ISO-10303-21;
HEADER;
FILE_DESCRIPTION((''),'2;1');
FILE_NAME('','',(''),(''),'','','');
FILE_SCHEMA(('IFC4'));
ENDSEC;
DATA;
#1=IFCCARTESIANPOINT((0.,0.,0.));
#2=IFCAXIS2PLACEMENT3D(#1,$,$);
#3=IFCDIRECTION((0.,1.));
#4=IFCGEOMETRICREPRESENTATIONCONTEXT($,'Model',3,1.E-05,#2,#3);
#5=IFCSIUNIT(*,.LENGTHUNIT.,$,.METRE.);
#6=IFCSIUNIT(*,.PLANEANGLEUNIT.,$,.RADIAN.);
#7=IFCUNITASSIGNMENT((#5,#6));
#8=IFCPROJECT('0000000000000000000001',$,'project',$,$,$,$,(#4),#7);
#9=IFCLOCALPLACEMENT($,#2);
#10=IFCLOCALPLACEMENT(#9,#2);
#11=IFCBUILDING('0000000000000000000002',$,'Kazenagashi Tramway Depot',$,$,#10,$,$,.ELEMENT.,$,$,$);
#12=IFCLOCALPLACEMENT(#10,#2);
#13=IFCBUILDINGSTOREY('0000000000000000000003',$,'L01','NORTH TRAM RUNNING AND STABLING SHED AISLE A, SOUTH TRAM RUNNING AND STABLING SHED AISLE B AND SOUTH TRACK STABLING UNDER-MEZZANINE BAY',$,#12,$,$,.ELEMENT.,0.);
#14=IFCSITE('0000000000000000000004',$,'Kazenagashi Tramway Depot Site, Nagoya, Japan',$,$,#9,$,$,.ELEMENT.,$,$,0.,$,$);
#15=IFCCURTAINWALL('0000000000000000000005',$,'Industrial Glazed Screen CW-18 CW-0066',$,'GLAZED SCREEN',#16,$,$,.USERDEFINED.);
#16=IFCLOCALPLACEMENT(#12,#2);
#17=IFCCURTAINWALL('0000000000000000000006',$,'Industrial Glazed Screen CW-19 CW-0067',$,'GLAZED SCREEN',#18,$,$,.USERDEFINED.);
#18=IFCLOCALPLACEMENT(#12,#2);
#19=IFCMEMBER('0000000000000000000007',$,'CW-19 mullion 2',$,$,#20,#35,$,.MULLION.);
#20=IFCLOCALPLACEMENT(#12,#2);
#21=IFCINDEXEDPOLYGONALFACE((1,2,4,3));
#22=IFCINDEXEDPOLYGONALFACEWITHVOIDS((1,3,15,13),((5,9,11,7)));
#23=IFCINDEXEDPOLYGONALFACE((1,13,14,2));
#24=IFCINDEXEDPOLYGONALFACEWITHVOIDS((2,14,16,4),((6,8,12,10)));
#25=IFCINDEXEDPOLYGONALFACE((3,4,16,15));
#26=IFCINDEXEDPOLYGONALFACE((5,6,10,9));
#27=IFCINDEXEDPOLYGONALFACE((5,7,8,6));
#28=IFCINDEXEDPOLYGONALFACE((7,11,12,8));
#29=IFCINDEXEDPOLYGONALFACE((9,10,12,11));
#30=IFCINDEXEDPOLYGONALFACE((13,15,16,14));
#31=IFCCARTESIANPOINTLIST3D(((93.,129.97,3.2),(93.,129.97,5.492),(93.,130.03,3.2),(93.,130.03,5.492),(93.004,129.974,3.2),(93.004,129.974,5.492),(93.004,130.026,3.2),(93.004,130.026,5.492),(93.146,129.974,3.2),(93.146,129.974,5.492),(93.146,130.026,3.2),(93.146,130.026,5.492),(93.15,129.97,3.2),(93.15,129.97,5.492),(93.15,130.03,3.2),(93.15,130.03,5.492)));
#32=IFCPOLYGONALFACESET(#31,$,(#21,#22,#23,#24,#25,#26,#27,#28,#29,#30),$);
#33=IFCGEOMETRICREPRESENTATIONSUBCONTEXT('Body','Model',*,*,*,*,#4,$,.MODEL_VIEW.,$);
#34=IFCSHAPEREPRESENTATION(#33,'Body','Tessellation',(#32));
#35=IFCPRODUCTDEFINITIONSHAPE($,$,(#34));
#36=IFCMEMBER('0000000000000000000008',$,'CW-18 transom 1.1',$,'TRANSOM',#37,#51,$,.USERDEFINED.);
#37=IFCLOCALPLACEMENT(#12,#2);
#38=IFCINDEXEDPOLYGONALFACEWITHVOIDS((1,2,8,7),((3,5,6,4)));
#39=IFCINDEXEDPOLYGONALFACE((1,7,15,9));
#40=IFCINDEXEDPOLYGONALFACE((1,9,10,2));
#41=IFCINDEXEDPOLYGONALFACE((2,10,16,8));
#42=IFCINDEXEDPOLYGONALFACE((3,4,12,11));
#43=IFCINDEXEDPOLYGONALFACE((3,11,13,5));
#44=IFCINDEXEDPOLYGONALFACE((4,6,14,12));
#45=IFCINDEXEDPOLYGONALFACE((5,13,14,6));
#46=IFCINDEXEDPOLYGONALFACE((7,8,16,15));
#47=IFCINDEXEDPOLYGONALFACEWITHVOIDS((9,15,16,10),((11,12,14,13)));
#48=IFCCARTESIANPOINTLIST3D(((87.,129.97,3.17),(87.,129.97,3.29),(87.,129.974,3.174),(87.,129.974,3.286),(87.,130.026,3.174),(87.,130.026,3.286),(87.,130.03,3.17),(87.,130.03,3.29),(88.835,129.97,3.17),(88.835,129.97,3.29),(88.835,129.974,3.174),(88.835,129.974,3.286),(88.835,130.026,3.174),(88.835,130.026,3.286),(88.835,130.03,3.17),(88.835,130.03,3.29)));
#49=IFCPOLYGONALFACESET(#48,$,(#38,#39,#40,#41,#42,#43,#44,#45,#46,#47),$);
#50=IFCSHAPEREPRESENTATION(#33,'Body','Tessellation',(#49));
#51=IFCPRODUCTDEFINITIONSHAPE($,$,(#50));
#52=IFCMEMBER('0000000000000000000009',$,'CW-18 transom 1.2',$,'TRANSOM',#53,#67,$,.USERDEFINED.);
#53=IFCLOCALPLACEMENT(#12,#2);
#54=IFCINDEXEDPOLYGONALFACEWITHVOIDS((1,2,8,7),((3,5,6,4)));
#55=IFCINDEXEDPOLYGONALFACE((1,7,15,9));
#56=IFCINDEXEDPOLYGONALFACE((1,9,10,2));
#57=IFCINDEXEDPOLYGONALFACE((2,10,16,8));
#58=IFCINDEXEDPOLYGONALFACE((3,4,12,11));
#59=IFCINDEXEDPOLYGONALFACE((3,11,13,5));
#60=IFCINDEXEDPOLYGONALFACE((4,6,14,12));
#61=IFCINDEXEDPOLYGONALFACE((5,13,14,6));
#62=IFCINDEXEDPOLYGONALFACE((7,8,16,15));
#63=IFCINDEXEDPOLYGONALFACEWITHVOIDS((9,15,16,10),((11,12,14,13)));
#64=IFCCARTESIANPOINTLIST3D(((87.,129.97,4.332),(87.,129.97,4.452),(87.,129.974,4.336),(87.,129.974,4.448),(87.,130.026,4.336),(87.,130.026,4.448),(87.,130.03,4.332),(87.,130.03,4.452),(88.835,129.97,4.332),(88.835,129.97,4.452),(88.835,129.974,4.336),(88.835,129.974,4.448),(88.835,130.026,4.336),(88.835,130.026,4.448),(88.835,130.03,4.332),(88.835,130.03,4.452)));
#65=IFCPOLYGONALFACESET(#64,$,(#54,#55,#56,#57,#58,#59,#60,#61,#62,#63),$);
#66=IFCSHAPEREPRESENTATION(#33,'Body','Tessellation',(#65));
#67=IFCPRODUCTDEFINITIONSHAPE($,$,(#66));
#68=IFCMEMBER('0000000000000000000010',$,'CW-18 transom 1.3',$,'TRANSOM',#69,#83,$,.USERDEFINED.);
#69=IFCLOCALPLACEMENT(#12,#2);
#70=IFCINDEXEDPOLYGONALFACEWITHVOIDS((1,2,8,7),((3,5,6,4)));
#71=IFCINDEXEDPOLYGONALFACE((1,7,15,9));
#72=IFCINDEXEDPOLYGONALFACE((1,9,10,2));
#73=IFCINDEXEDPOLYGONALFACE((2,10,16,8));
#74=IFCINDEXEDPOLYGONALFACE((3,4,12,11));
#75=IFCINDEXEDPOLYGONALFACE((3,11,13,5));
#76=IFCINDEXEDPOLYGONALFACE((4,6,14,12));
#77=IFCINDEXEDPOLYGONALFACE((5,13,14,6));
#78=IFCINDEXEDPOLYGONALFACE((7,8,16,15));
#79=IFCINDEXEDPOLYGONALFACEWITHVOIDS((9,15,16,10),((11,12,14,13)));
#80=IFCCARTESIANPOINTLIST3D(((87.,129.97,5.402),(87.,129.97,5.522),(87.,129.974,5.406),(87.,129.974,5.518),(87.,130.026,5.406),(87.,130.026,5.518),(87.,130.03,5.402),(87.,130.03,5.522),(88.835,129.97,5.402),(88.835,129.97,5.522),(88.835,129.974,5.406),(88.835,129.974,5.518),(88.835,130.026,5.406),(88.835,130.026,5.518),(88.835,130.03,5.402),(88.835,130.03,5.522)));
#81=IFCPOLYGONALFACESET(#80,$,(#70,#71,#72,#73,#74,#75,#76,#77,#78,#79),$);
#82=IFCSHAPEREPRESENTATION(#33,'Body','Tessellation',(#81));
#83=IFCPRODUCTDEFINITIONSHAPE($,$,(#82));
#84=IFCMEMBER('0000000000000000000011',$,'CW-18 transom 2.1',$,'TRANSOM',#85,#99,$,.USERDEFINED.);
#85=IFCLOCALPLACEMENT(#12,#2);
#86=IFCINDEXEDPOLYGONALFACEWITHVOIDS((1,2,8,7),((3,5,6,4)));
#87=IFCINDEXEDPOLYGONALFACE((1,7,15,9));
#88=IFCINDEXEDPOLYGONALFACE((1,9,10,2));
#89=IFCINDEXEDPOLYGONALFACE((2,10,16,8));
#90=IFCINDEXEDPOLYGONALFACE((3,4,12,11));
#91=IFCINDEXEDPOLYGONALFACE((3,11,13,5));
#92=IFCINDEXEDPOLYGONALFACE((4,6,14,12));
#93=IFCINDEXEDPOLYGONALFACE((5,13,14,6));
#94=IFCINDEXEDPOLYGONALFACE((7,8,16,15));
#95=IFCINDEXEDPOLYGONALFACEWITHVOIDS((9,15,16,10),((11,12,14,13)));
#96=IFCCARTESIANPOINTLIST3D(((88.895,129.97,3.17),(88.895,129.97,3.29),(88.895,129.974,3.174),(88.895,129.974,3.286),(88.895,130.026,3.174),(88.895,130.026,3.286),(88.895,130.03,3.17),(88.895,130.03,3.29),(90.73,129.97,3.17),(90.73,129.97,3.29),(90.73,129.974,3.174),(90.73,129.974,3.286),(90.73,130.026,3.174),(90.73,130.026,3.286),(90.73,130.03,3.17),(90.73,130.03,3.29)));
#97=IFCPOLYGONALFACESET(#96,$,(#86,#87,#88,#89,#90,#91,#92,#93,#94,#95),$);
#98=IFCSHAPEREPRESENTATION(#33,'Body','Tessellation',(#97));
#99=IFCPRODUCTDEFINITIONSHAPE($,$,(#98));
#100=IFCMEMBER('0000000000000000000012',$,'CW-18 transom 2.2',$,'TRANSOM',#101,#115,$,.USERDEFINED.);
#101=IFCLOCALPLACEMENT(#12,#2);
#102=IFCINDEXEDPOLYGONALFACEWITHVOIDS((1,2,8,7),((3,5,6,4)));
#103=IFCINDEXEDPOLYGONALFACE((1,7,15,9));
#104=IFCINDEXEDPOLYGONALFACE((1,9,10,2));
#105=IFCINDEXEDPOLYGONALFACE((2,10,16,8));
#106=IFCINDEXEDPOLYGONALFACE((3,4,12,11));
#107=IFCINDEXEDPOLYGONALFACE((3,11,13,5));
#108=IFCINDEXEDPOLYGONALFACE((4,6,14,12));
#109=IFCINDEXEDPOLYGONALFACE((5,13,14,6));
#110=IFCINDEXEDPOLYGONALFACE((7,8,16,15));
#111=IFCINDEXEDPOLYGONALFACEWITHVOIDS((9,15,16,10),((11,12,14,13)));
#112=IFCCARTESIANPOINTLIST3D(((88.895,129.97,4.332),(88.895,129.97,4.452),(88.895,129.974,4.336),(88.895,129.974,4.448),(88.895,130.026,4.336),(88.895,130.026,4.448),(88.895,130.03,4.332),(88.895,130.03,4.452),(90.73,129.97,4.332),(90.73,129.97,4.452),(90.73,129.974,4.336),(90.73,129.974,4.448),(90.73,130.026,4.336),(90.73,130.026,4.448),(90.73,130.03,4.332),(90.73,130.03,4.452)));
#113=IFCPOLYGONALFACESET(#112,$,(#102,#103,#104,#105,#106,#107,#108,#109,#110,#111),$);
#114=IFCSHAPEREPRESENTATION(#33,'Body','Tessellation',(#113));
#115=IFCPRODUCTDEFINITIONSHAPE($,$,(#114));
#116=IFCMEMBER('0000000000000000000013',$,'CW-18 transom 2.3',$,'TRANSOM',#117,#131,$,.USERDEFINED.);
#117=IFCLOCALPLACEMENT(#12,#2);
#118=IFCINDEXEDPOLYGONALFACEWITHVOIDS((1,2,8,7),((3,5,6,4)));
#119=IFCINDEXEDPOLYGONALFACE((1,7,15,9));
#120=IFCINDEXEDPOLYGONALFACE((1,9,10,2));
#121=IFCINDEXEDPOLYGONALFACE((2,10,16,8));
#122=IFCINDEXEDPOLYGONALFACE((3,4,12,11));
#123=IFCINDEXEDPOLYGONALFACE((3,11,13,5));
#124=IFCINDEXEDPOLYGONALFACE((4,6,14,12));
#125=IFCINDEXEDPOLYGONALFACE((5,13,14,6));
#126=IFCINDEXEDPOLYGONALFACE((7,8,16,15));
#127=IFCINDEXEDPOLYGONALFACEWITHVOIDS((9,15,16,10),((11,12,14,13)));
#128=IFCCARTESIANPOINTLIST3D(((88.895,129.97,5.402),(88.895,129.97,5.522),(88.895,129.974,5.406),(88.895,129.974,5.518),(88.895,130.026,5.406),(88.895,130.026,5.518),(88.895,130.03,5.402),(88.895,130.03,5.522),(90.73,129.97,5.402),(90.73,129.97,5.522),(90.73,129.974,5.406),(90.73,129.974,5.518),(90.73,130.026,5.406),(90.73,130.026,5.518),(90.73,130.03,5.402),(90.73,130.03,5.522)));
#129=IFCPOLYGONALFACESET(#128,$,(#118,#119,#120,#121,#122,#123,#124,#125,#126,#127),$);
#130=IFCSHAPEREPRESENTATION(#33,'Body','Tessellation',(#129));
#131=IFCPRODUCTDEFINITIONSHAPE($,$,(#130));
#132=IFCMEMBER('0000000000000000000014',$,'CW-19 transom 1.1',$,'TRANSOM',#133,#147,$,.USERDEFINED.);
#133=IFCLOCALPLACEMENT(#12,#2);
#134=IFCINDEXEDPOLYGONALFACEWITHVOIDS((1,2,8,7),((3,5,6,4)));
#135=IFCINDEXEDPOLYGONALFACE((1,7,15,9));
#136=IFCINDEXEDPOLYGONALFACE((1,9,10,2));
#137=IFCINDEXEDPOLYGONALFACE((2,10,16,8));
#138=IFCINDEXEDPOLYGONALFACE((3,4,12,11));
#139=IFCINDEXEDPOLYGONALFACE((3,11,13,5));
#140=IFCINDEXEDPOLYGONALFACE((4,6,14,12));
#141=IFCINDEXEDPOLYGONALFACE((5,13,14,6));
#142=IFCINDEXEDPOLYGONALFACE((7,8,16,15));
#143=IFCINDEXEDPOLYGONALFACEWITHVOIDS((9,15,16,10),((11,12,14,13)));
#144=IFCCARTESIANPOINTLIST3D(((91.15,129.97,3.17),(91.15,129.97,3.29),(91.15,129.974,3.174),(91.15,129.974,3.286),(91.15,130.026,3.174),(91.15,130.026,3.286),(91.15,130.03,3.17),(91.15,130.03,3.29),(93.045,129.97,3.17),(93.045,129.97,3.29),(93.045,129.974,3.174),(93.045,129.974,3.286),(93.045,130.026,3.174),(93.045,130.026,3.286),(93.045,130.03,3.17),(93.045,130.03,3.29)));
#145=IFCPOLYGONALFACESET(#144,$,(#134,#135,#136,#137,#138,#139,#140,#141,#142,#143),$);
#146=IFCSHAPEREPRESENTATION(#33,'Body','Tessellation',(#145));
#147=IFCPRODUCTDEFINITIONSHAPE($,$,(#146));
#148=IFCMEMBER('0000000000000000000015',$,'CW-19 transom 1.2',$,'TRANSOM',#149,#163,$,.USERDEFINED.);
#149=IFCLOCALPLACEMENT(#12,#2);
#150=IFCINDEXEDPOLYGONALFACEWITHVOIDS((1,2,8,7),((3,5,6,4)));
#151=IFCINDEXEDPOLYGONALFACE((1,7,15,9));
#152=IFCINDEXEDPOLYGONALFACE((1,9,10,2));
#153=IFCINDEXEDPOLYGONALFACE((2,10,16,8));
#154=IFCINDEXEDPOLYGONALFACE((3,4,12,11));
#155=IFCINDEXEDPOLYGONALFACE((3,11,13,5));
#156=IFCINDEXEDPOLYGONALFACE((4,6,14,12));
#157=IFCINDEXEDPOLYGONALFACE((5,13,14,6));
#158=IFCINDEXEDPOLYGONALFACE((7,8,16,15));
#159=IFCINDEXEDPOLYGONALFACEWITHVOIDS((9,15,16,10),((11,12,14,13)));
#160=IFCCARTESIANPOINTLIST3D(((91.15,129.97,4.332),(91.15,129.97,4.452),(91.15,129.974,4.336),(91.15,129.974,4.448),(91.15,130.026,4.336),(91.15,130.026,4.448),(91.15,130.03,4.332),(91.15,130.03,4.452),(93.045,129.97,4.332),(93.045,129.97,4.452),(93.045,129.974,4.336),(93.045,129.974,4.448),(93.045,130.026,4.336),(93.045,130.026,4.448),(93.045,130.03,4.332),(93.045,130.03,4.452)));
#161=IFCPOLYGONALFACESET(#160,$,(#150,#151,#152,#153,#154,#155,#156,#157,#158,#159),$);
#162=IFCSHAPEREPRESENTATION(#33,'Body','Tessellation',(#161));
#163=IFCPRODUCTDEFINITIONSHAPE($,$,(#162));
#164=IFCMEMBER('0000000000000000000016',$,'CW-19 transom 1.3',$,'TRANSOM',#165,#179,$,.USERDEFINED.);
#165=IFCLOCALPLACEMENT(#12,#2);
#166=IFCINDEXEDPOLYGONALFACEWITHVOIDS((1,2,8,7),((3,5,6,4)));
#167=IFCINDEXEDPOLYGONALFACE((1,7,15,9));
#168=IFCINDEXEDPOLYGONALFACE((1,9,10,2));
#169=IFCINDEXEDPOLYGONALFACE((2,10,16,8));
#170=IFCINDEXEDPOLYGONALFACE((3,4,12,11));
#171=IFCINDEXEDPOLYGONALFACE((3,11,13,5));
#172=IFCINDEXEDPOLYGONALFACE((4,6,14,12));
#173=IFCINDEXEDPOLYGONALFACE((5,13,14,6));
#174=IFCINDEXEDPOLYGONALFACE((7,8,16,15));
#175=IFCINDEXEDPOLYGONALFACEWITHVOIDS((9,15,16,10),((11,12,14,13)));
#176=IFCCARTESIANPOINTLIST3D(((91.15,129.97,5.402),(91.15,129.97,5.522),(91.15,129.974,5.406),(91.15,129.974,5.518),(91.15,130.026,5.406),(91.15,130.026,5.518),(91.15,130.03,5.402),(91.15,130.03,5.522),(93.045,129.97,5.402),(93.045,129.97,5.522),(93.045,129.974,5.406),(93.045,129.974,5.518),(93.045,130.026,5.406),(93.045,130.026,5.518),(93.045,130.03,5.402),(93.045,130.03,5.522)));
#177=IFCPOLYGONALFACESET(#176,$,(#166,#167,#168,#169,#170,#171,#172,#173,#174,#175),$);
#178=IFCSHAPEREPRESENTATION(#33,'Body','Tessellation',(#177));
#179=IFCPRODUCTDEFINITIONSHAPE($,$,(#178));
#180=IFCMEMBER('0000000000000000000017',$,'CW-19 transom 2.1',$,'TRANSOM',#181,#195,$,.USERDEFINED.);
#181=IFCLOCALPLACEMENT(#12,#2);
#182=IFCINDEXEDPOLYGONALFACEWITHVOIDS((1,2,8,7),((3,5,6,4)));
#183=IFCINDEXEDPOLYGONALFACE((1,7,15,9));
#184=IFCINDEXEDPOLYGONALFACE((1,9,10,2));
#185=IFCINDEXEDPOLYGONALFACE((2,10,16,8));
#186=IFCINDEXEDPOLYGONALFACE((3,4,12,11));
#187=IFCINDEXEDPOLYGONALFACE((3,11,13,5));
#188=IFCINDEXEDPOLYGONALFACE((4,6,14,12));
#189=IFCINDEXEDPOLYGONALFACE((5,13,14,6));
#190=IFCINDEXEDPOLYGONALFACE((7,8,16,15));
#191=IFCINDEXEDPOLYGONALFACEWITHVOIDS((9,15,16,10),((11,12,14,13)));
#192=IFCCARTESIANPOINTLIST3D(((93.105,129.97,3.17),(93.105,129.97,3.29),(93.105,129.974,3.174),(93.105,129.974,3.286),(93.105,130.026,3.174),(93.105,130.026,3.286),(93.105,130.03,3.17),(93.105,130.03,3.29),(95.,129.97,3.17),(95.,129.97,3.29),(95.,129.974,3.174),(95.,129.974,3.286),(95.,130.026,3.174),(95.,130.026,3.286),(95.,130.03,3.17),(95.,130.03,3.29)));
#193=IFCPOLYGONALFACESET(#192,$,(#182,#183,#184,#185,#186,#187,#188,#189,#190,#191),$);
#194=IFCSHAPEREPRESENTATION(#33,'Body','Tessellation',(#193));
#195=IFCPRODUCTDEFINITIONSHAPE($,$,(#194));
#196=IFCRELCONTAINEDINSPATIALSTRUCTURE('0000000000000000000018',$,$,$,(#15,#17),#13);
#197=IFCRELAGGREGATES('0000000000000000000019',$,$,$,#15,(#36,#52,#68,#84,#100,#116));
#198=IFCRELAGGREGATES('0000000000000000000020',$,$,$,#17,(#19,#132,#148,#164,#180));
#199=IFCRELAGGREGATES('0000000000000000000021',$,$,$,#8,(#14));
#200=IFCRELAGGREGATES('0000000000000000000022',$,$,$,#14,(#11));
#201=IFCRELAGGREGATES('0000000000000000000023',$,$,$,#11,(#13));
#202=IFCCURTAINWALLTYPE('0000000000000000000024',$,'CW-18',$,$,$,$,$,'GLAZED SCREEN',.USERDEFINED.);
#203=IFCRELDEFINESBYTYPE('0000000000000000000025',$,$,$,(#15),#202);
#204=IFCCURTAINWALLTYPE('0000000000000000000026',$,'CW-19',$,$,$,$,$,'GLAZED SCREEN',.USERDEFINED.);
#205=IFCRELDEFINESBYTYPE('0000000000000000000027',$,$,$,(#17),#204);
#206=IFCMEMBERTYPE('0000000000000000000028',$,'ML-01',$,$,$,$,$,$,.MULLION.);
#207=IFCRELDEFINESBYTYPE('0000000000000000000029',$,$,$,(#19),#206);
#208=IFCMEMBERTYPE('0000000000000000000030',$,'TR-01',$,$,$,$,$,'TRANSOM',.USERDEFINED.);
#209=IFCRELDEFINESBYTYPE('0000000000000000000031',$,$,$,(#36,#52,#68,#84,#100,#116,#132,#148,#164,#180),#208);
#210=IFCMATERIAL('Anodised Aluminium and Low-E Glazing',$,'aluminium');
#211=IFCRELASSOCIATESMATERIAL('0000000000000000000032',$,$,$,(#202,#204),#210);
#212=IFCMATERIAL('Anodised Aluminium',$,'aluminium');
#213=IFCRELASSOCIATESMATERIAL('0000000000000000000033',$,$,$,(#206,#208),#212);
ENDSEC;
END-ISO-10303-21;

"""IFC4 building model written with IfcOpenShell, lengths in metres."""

from ifc_helpers import new_model, si_unit, direction, frame, origin, origin_2d, place, context, subcontext, project, spatial, hollow_rectangle, extrude, material, material_profile, profile_set, type_object, element, aggregate, save


model = new_model("IFC4")

# Units and contexts
model_context = context("Model", 3, precision=1e-05, world=origin(), true_north=direction((0.0, 1.0)))
body_context = subcontext(model_context, "Body", "Model", "MODEL_VIEW")
ifc_project = project(units=[si_unit("LENGTHUNIT", "METRE"), si_unit("PLANEANGLEUNIT", "RADIAN")], contexts=[model_context])

# Site, building, storey
site_placement = place(None, origin())
site = spatial("IfcSite", under=ifc_project, at=site_placement, Name="Kazenagashi Tramway Depot Site, Nagoya, Japan", CompositionType="ELEMENT", RefElevation=0.0)
building_placement = place(site_placement, origin())
building = spatial("IfcBuilding", under=site, at=building_placement, Name="Kazenagashi Tramway Depot", CompositionType="ELEMENT")
storey_placement = place(building_placement, origin())
storey = spatial("IfcBuildingStorey", under=building, at=storey_placement, Name="L01", Description="NORTH TRAM RUNNING AND STABLING SHED AISLE A, SOUTH TRAM RUNNING AND STABLING SHED AISLE B AND SOUTH TRACK STABLING UNDER-MEZZANINE BAY", CompositionType="ELEMENT", Elevation=0.0)

# Curtain walls, member
ifc_material_1 = material(Name="Anodised Aluminium and Low-E Glazing", Category="aluminium")
curtain_wall_type_1 = type_object("IfcCurtainWallType", Name="CW-18", ElementType="GLAZED SCREEN", PredefinedType="USERDEFINED", material=ifc_material_1)
curtain_wall_1_placement = place(storey_placement, origin())
curtain_wall_1 = element("IfcCurtainWall", 1, at=curtain_wall_1_placement, inside=storey, type_object=curtain_wall_type_1, Name="Industrial Glazed Screen CW-18 CW-0066", ObjectType="GLAZED SCREEN", PredefinedType="USERDEFINED")
ifc_material_2 = material(Name="Anodised Aluminium", Category="aluminium")
ifc_material_profile_1 = material_profile(ifc_material_2, hollow_rectangle(XDim=0.06, YDim=0.15, WallThickness=0.004, at=origin_2d()), Name="RHS-150x60x4")
ifc_profile_set_1 = profile_set([ifc_material_profile_1], Name="Anodised Aluminium")
member_type_1 = type_object("IfcMemberType", Name="ML-01", PredefinedType="MULLION", material=ifc_profile_set_1)
curtain_wall_type_2 = type_object("IfcCurtainWallType", Name="CW-19", ElementType="GLAZED SCREEN", PredefinedType="USERDEFINED", material=ifc_material_1)
curtain_wall_2_placement = place(storey_placement, origin())
curtain_wall_2 = element("IfcCurtainWall", 2, at=curtain_wall_2_placement, inside=storey, type_object=curtain_wall_type_2, Name="Industrial Glazed Screen CW-19 CW-0067", ObjectType="GLAZED SCREEN", PredefinedType="USERDEFINED")
member_1_placement = place(storey_placement, frame((93.075, 130.0, 3.2), z_axis=(0.0, 0.0, 1.0), x_axis=(0.0, 1.0, 0.0)))
member_1 = element("IfcMember", 3, at=member_1_placement, type_object=member_type_1, Name="CW-19 mullion 2", PredefinedType="MULLION", context=body_context, shape_type="SweptSolid", body=[
    extrude(hollow_rectangle(XDim=0.06, YDim=0.15, WallThickness=0.004, at=origin_2d()), origin(), (0.0, 0.0, 1.0), 2.292),
])

# Members
ifc_material_profile_2 = material_profile(ifc_material_2, hollow_rectangle(XDim=0.06, YDim=0.12, WallThickness=0.004, at=origin_2d()), Name="RHS-120x60x4")
ifc_profile_set_2 = profile_set([ifc_material_profile_2], Name="Anodised Aluminium")
member_type_2 = type_object("IfcMemberType", Name="TR-01", ElementType="TRANSOM", PredefinedType="USERDEFINED", material=ifc_profile_set_2)
member_2_placement = place(storey_placement, frame((87.0, 130.0, 3.23), z_axis=(1.0, 0.0, 0.0), x_axis=(0.0, 1.0, 0.0)))
member_2 = element("IfcMember", 4, at=member_2_placement, type_object=member_type_2, Name="CW-18 transom 1.1", ObjectType="TRANSOM", PredefinedType="USERDEFINED", context=body_context, shape_type="SweptSolid", body=[
    extrude(hollow_rectangle(XDim=0.06, YDim=0.12, WallThickness=0.004, at=origin_2d()), origin(), (0.0, 0.0, 1.0), 1.835),
])
member_3_placement = place(storey_placement, frame((87.0, 130.0, 4.392), z_axis=(1.0, 0.0, 0.0), x_axis=(0.0, 1.0, 0.0)))
member_3 = element("IfcMember", 5, at=member_3_placement, type_object=member_type_2, Name="CW-18 transom 1.2", ObjectType="TRANSOM", PredefinedType="USERDEFINED", context=body_context, shape_type="SweptSolid", body=[
    extrude(hollow_rectangle(XDim=0.06, YDim=0.12, WallThickness=0.004, at=origin_2d()), origin(), (0.0, 0.0, 1.0), 1.835),
])
member_4_placement = place(storey_placement, frame((87.0, 130.0, 5.462), z_axis=(1.0, 0.0, 0.0), x_axis=(0.0, 1.0, 0.0)))
member_4 = element("IfcMember", 6, at=member_4_placement, type_object=member_type_2, Name="CW-18 transom 1.3", ObjectType="TRANSOM", PredefinedType="USERDEFINED", context=body_context, shape_type="SweptSolid", body=[
    extrude(hollow_rectangle(XDim=0.06, YDim=0.12, WallThickness=0.004, at=origin_2d()), origin(), (0.0, 0.0, 1.0), 1.835),
])
member_5_placement = place(storey_placement, frame((88.895, 130.0, 3.23), z_axis=(1.0, 0.0, 0.0), x_axis=(0.0, 1.0, 0.0)))
member_5 = element("IfcMember", 7, at=member_5_placement, type_object=member_type_2, Name="CW-18 transom 2.1", ObjectType="TRANSOM", PredefinedType="USERDEFINED", context=body_context, shape_type="SweptSolid", body=[
    extrude(hollow_rectangle(XDim=0.06, YDim=0.12, WallThickness=0.004, at=origin_2d()), origin(), (0.0, 0.0, 1.0), 1.835),
])
member_6_placement = place(storey_placement, frame((88.895, 130.0, 4.392), z_axis=(1.0, 0.0, 0.0), x_axis=(0.0, 1.0, 0.0)))
member_6 = element("IfcMember", 8, at=member_6_placement, type_object=member_type_2, Name="CW-18 transom 2.2", ObjectType="TRANSOM", PredefinedType="USERDEFINED", context=body_context, shape_type="SweptSolid", body=[
    extrude(hollow_rectangle(XDim=0.06, YDim=0.12, WallThickness=0.004, at=origin_2d()), origin(), (0.0, 0.0, 1.0), 1.835),
])
member_7_placement = place(storey_placement, frame((88.895, 130.0, 5.462), z_axis=(1.0, 0.0, 0.0), x_axis=(0.0, 1.0, 0.0)))
member_7 = element("IfcMember", 9, at=member_7_placement, type_object=member_type_2, Name="CW-18 transom 2.3", ObjectType="TRANSOM", PredefinedType="USERDEFINED", context=body_context, shape_type="SweptSolid", body=[
    extrude(hollow_rectangle(XDim=0.06, YDim=0.12, WallThickness=0.004, at=origin_2d()), origin(), (0.0, 0.0, 1.0), 1.835),
])
member_8_placement = place(storey_placement, frame((91.15, 130.0, 3.23), z_axis=(1.0, 0.0, 0.0), x_axis=(0.0, 1.0, 0.0)))
member_8 = element("IfcMember", 10, at=member_8_placement, type_object=member_type_2, Name="CW-19 transom 1.1", ObjectType="TRANSOM", PredefinedType="USERDEFINED", context=body_context, shape_type="SweptSolid", body=[
    extrude(hollow_rectangle(XDim=0.06, YDim=0.12, WallThickness=0.004, at=origin_2d()), origin(), (0.0, 0.0, 1.0), 1.895),
])
member_9_placement = place(storey_placement, frame((91.15, 130.0, 4.392), z_axis=(1.0, 0.0, 0.0), x_axis=(0.0, 1.0, 0.0)))
member_9 = element("IfcMember", 11, at=member_9_placement, type_object=member_type_2, Name="CW-19 transom 1.2", ObjectType="TRANSOM", PredefinedType="USERDEFINED", context=body_context, shape_type="SweptSolid", body=[
    extrude(hollow_rectangle(XDim=0.06, YDim=0.12, WallThickness=0.004, at=origin_2d()), origin(), (0.0, 0.0, 1.0), 1.895),
])
member_10_placement = place(storey_placement, frame((91.15, 130.0, 5.462), z_axis=(1.0, 0.0, 0.0), x_axis=(0.0, 1.0, 0.0)))
member_10 = element("IfcMember", 12, at=member_10_placement, type_object=member_type_2, Name="CW-19 transom 1.3", ObjectType="TRANSOM", PredefinedType="USERDEFINED", context=body_context, shape_type="SweptSolid", body=[
    extrude(hollow_rectangle(XDim=0.06, YDim=0.12, WallThickness=0.004, at=origin_2d()), origin(), (0.0, 0.0, 1.0), 1.895),
])
member_11_placement = place(storey_placement, frame((93.105, 130.0, 3.23), z_axis=(1.0, 0.0, 0.0), x_axis=(0.0, 1.0, 0.0)))
member_11 = element("IfcMember", 13, at=member_11_placement, type_object=member_type_2, Name="CW-19 transom 2.1", ObjectType="TRANSOM", PredefinedType="USERDEFINED", context=body_context, shape_type="SweptSolid", body=[
    extrude(hollow_rectangle(XDim=0.06, YDim=0.12, WallThickness=0.004, at=origin_2d()), origin(), (0.0, 0.0, 1.0), 1.895),
])

aggregate(curtain_wall_1, [member_2, member_3, member_4, member_5, member_6, member_7])
aggregate(curtain_wall_2, [member_1, member_8, member_9, member_10, member_11])

save(model, "model.ifc")
